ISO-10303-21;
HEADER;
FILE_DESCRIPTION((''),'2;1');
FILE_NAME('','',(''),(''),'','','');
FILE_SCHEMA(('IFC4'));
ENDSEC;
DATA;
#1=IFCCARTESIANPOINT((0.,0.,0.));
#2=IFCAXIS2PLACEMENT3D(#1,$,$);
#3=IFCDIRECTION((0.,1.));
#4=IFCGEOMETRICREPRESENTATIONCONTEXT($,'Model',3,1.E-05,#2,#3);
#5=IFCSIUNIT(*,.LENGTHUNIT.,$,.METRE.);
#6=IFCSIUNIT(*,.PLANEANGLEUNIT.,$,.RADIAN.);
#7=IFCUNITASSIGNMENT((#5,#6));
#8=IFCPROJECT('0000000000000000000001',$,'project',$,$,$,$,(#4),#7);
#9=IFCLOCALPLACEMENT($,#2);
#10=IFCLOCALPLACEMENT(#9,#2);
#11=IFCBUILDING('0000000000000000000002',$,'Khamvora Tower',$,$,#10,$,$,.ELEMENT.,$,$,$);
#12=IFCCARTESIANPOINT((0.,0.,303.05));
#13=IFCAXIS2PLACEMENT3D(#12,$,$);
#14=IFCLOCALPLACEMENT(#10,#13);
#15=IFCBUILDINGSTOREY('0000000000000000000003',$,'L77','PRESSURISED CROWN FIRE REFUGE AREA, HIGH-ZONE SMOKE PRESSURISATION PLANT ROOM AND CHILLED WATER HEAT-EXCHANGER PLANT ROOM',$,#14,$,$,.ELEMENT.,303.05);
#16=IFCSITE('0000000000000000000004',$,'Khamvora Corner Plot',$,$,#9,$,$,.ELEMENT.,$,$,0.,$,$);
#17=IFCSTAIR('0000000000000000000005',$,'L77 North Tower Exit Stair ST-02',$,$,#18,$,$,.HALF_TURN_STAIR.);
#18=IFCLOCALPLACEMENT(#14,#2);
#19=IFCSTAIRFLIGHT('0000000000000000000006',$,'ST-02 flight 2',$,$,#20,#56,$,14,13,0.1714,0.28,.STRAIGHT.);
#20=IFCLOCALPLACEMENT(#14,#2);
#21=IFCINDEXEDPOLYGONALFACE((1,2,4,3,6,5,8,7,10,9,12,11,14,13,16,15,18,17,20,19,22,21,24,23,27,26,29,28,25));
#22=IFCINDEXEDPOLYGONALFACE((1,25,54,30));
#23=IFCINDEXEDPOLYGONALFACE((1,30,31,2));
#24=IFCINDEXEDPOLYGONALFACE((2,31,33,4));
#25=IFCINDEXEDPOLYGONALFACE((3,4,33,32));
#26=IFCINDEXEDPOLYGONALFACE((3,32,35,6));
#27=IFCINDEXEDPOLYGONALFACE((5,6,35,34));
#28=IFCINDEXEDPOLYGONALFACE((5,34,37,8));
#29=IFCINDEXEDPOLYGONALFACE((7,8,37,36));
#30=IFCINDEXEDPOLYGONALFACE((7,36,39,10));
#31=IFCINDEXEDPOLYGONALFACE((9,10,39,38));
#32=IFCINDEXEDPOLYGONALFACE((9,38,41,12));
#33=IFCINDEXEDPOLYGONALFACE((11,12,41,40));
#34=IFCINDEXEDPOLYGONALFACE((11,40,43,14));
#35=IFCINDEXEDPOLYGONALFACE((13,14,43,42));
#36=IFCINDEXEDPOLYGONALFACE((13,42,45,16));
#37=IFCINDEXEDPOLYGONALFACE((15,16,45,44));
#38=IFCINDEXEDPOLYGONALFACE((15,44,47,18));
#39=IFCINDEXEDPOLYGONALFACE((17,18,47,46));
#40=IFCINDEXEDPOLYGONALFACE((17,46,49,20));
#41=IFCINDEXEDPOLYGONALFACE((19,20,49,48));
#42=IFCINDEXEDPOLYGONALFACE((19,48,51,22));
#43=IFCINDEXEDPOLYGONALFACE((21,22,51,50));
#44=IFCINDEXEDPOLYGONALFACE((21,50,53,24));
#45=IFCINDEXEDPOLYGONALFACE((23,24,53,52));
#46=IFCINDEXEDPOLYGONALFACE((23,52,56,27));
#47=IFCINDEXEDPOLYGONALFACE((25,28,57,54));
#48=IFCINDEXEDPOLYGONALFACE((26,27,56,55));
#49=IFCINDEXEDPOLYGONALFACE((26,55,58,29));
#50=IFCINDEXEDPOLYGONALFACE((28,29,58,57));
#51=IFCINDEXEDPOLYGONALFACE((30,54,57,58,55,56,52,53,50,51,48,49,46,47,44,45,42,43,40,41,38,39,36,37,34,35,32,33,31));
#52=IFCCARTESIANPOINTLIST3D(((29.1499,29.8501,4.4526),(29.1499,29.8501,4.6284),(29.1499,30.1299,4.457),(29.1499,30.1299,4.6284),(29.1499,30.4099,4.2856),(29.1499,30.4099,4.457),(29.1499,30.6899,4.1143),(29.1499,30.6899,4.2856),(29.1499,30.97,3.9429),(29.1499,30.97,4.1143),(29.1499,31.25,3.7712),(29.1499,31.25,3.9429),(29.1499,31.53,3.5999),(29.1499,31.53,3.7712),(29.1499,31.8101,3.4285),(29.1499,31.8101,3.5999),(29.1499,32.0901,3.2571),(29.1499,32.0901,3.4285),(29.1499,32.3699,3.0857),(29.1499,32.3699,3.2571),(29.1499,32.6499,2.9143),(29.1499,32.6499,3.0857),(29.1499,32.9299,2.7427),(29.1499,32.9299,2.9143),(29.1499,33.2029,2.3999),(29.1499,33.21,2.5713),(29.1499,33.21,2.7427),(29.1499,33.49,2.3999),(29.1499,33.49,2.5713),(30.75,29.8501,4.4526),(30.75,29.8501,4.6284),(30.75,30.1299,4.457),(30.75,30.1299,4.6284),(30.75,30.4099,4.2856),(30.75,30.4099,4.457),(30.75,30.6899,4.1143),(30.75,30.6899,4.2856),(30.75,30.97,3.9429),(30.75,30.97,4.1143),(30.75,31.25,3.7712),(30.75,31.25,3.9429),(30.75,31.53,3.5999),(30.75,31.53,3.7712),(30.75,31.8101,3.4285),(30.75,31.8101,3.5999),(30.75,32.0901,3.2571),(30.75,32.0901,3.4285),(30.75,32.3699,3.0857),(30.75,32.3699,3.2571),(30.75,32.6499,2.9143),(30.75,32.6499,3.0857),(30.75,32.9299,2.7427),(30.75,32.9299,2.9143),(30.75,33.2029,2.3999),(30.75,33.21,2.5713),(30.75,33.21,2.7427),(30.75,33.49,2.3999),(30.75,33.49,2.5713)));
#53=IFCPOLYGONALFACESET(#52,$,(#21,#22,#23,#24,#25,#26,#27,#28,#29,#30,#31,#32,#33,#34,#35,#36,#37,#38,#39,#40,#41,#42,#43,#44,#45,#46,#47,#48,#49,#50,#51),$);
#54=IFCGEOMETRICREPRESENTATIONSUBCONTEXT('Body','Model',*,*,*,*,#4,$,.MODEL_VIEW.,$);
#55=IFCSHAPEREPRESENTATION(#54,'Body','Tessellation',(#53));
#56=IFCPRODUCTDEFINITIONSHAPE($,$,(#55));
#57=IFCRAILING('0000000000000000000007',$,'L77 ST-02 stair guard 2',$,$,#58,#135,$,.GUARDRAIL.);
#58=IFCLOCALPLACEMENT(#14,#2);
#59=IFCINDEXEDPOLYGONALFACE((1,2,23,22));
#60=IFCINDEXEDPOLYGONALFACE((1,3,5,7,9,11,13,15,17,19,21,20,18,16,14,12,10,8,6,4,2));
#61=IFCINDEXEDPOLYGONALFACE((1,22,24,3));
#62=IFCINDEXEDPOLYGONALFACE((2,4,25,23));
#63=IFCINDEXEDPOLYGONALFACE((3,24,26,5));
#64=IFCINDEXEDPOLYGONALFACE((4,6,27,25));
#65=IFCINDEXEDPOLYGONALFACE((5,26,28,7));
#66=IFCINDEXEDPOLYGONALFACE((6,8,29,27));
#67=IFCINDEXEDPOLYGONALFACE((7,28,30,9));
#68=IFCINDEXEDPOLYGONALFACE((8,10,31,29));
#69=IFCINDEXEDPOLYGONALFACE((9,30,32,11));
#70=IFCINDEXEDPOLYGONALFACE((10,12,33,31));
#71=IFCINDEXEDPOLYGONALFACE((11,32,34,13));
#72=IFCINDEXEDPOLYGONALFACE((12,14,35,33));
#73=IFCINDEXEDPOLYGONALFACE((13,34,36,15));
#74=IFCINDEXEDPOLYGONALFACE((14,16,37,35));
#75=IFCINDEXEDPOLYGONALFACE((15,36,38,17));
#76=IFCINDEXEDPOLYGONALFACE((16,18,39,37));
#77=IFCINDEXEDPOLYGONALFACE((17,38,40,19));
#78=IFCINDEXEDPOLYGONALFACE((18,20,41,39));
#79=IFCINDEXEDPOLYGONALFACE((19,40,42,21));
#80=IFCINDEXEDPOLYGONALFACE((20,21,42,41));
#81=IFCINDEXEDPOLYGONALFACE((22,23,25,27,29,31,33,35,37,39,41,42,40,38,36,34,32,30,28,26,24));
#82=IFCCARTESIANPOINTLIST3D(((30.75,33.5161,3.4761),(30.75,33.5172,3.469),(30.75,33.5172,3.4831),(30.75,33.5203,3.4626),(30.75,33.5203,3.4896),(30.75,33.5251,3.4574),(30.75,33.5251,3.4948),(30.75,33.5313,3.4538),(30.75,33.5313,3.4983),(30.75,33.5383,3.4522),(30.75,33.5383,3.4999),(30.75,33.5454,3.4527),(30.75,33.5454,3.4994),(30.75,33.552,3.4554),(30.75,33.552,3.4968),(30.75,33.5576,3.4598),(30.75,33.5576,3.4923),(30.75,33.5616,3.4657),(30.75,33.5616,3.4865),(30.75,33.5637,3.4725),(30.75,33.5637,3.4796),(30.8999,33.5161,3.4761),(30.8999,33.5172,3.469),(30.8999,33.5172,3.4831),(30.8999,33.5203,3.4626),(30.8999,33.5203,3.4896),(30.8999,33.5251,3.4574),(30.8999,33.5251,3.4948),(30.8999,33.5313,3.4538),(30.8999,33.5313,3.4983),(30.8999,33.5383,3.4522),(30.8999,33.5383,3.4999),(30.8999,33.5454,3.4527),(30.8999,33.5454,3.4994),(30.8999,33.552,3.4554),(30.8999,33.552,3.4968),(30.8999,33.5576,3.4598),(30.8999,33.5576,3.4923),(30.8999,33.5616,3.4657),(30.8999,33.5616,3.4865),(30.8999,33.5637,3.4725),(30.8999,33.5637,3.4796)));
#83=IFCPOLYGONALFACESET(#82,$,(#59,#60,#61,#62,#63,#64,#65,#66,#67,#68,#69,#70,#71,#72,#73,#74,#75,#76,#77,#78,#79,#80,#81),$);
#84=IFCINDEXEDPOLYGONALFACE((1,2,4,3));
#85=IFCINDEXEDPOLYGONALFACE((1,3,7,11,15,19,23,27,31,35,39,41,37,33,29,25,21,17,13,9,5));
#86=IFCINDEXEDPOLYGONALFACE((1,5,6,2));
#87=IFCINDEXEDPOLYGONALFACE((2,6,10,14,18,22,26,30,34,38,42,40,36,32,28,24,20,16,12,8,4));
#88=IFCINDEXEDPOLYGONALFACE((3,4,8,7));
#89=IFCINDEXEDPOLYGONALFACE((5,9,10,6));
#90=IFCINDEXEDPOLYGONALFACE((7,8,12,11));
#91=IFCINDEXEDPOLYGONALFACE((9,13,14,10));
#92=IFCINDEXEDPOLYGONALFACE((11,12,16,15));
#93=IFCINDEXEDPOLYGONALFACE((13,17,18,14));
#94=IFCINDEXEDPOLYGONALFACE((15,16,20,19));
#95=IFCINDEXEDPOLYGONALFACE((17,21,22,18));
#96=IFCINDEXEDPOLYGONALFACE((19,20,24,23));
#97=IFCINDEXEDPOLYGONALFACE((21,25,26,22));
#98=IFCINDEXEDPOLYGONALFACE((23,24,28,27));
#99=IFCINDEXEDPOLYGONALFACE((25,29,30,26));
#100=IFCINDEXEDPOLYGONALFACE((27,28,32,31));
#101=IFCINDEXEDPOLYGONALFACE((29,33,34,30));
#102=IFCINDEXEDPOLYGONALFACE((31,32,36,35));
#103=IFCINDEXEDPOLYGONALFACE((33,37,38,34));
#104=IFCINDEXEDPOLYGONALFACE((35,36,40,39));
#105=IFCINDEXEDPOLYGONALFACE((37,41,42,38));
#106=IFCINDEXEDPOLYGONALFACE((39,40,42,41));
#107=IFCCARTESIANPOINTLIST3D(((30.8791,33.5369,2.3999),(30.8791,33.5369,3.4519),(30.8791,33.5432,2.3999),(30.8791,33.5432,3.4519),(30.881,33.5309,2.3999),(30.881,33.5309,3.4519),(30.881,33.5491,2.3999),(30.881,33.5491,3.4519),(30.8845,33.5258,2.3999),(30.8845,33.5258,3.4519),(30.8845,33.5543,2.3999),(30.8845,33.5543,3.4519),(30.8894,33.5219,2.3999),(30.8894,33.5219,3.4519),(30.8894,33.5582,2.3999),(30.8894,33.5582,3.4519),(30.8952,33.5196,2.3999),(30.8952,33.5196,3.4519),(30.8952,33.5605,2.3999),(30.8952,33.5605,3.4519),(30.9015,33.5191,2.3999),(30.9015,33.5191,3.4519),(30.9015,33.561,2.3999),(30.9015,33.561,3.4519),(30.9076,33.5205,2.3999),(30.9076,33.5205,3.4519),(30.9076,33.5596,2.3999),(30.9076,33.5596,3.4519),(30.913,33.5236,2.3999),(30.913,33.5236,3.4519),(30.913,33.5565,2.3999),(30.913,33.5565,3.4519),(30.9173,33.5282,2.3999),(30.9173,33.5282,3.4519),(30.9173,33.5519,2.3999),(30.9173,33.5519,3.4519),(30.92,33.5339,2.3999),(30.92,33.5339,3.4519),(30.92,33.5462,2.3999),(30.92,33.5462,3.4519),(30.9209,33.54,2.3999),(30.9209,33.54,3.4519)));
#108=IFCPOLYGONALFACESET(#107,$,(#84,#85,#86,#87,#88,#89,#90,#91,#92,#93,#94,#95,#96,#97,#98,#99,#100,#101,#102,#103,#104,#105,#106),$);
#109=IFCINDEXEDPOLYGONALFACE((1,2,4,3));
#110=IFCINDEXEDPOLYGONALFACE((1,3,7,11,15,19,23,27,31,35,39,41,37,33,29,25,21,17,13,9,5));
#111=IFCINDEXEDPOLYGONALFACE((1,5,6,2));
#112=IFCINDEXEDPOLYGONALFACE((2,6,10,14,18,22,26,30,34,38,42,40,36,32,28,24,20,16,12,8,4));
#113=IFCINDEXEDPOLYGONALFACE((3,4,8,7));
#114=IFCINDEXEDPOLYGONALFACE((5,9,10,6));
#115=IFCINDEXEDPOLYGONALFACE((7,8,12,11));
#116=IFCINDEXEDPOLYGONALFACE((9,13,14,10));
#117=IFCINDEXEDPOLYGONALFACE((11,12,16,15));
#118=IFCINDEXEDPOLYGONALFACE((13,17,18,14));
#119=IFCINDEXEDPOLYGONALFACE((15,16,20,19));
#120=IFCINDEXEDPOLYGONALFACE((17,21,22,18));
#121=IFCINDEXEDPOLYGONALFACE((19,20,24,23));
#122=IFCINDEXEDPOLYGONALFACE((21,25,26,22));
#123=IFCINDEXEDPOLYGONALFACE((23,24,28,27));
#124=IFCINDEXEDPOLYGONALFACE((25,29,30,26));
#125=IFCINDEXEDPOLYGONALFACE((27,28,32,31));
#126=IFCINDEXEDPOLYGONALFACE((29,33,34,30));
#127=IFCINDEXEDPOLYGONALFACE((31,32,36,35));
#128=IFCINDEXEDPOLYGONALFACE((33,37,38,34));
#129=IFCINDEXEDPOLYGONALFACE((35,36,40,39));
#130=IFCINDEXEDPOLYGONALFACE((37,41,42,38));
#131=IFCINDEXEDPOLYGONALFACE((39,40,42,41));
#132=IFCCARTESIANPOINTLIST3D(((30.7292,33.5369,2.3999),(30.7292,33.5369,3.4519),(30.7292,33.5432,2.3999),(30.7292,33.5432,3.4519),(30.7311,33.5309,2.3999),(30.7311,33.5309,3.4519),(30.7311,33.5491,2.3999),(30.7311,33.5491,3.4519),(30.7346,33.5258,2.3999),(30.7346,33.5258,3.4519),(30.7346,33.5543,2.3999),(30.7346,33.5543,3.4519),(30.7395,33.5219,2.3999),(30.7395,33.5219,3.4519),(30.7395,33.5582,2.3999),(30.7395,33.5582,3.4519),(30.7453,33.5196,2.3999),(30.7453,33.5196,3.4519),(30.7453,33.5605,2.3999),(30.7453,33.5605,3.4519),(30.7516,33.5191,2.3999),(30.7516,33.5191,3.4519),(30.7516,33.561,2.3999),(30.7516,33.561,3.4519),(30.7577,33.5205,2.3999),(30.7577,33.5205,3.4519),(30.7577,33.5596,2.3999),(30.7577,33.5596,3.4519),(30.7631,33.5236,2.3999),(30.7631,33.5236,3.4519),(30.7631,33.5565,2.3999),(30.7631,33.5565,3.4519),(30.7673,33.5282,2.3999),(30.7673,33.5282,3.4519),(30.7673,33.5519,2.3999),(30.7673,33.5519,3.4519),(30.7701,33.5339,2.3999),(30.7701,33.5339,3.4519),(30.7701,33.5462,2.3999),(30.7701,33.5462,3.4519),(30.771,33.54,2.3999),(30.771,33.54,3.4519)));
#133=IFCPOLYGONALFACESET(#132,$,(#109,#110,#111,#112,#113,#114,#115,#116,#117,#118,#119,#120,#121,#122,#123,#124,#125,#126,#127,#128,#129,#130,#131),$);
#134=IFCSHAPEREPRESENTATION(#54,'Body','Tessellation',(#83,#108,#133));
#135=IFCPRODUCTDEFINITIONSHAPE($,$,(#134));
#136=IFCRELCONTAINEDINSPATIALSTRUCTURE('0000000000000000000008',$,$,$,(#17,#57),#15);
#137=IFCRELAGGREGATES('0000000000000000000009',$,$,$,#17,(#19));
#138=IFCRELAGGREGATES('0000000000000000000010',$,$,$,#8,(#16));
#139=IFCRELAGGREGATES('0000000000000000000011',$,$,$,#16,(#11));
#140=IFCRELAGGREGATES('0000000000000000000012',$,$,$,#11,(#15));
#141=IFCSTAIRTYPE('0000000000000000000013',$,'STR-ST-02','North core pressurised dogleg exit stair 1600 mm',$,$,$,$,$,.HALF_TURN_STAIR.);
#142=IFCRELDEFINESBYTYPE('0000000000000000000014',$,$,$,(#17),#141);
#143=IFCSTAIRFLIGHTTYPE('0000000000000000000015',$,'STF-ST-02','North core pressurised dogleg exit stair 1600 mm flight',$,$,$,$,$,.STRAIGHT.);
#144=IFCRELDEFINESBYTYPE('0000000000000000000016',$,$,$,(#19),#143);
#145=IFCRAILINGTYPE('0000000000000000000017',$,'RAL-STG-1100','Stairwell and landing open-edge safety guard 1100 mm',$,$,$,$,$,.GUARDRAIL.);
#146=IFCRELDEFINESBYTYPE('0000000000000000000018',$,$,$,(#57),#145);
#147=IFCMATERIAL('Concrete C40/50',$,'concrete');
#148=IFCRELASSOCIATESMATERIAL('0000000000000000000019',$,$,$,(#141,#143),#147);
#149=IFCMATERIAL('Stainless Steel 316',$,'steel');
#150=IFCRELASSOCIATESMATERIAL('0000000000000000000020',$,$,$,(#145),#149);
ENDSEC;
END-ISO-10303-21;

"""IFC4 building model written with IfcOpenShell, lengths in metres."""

from ifc_helpers import new_model, si_unit, direction, frame, origin, origin_2d, place, context, subcontext, project, spatial, polyline, circle, outline, extrude, material, type_object, element, aggregate, save


model = new_model("IFC4")

# Units and contexts
model_context = context("Model", 3, precision=1e-05, world=origin(), true_north=direction((0.0, 1.0)))
body_context = subcontext(model_context, "Body", "Model", "MODEL_VIEW")
ifc_project = project(units=[si_unit("LENGTHUNIT", "METRE"), si_unit("PLANEANGLEUNIT", "RADIAN")], contexts=[model_context])

# Site, building, storey
site_placement = place(None, origin())
site = spatial("IfcSite", under=ifc_project, at=site_placement, Name="Khamvora Corner Plot", CompositionType="ELEMENT", RefElevation=0.0)
building_placement = place(site_placement, origin())
building = spatial("IfcBuilding", under=site, at=building_placement, Name="Khamvora Tower", CompositionType="ELEMENT")
storey_placement = place(building_placement, frame((0.0, 0.0, 303.05)))
storey = spatial("IfcBuildingStorey", under=building, at=storey_placement, Name="L77", Description="PRESSURISED CROWN FIRE REFUGE AREA, HIGH-ZONE SMOKE PRESSURISATION PLANT ROOM AND CHILLED WATER HEAT-EXCHANGER PLANT ROOM", CompositionType="ELEMENT", Elevation=303.05)

# Shared definitions
ifc_material_1 = material(Name="Concrete C40/50", Category="concrete")

# Stair, stair flight
stair_type = type_object("IfcStairType", Name="STR-ST-02", Description="North core pressurised dogleg exit stair 1600 mm", PredefinedType="HALF_TURN_STAIR", material=ifc_material_1)
stair_placement = place(storey_placement, origin())
stair = element("IfcStair", 1, at=stair_placement, inside=storey, type_object=stair_type, Name="L77 North Tower Exit Stair ST-02", PredefinedType="HALF_TURN_STAIR")
stair_flight_type = type_object("IfcStairFlightType", Name="STF-ST-02", Description="North core pressurised dogleg exit stair 1600 mm flight", PredefinedType="STRAIGHT", material=ifc_material_1)
stair_flight_placement = place(storey_placement, frame((29.95, 33.49, 2.3999), z_axis=(0.0, 0.0, 1.0), x_axis=(0.0, -1.0, 0.0)))
stair_flight = element("IfcStairFlight", 2, at=stair_flight_placement, type_object=stair_flight_type, Name="ST-02 flight 2", NumberOfRisers=14, NumberOfTreads=13, PredefinedType="STRAIGHT", RiserHeight=0.1714, TreadLength=0.28, context=body_context, shape_type="SweptSolid", body=[
    extrude(outline(polyline([(0.0, 0.0), (0.0, 0.1714), (0.28, 0.1714), (0.28, 0.3428), (0.5601, 0.3428), (0.5601, 0.5144), (0.8401, 0.5144), (0.8401, 0.6858), (1.1201, 0.6858), (1.1201, 0.8572), (1.3999, 0.8572), (1.3999, 1.0286), (1.6799, 1.0286), (1.6799, 1.2), (1.96, 1.2), (1.96, 1.3713), (2.24, 1.3713), (2.24, 1.543), (2.52, 1.543), (2.52, 1.7144), (2.8, 1.7144), (2.8, 1.8857), (3.0801, 1.8857), (3.0801, 2.0571), (3.3601, 2.0571), (3.3601, 2.2285), (3.6399, 2.2285), (3.6399, 2.3999), (3.6399, 2.0527), (0.2871, 0.0), (0.0, 0.0)])), frame((0.0, 0.8, 0.0), z_axis=(0.0, -1.0, 0.0), x_axis=(1.0, 0.0, 0.0)), (0.0, 0.0, 1.0), 1.6001),
])
aggregate(stair, [stair_flight])

# Railing
ifc_material_2 = material(Name="Stainless Steel 316", Category="steel")
railing_type = type_object("IfcRailingType", Name="RAL-STG-1100", Description="Stairwell and landing open-edge safety guard 1100 mm", PredefinedType="GUARDRAIL", material=ifc_material_2)
railing_1_placement = place(storey_placement, frame((30.8999, 33.54, 2.3999)))
element("IfcRailing", 3, at=railing_1_placement, inside=storey, type_object=railing_type, Name="L77 ST-02 stair guard 2", PredefinedType="GUARDRAIL", context=body_context, shape_type="SweptSolid", body=[
    extrude(circle(Radius=0.0239, at=origin_2d()), frame((0.0, 0.0, 1.0762), z_axis=(-1.0, 0.0, 0.0), x_axis=(0.0, -1.0, 0.0)), (0.0, 0.0, 1.0), 0.1499),
    extrude(circle(Radius=0.021, at=origin_2d()), origin(), (0.0, 0.0, 1.0), 1.052),
    extrude(circle(Radius=0.021, at=origin_2d()), frame((-0.1499, 0.0, 0.0)), (0.0, 0.0, 1.0), 1.052),
])

save(model, "model.ifc")
